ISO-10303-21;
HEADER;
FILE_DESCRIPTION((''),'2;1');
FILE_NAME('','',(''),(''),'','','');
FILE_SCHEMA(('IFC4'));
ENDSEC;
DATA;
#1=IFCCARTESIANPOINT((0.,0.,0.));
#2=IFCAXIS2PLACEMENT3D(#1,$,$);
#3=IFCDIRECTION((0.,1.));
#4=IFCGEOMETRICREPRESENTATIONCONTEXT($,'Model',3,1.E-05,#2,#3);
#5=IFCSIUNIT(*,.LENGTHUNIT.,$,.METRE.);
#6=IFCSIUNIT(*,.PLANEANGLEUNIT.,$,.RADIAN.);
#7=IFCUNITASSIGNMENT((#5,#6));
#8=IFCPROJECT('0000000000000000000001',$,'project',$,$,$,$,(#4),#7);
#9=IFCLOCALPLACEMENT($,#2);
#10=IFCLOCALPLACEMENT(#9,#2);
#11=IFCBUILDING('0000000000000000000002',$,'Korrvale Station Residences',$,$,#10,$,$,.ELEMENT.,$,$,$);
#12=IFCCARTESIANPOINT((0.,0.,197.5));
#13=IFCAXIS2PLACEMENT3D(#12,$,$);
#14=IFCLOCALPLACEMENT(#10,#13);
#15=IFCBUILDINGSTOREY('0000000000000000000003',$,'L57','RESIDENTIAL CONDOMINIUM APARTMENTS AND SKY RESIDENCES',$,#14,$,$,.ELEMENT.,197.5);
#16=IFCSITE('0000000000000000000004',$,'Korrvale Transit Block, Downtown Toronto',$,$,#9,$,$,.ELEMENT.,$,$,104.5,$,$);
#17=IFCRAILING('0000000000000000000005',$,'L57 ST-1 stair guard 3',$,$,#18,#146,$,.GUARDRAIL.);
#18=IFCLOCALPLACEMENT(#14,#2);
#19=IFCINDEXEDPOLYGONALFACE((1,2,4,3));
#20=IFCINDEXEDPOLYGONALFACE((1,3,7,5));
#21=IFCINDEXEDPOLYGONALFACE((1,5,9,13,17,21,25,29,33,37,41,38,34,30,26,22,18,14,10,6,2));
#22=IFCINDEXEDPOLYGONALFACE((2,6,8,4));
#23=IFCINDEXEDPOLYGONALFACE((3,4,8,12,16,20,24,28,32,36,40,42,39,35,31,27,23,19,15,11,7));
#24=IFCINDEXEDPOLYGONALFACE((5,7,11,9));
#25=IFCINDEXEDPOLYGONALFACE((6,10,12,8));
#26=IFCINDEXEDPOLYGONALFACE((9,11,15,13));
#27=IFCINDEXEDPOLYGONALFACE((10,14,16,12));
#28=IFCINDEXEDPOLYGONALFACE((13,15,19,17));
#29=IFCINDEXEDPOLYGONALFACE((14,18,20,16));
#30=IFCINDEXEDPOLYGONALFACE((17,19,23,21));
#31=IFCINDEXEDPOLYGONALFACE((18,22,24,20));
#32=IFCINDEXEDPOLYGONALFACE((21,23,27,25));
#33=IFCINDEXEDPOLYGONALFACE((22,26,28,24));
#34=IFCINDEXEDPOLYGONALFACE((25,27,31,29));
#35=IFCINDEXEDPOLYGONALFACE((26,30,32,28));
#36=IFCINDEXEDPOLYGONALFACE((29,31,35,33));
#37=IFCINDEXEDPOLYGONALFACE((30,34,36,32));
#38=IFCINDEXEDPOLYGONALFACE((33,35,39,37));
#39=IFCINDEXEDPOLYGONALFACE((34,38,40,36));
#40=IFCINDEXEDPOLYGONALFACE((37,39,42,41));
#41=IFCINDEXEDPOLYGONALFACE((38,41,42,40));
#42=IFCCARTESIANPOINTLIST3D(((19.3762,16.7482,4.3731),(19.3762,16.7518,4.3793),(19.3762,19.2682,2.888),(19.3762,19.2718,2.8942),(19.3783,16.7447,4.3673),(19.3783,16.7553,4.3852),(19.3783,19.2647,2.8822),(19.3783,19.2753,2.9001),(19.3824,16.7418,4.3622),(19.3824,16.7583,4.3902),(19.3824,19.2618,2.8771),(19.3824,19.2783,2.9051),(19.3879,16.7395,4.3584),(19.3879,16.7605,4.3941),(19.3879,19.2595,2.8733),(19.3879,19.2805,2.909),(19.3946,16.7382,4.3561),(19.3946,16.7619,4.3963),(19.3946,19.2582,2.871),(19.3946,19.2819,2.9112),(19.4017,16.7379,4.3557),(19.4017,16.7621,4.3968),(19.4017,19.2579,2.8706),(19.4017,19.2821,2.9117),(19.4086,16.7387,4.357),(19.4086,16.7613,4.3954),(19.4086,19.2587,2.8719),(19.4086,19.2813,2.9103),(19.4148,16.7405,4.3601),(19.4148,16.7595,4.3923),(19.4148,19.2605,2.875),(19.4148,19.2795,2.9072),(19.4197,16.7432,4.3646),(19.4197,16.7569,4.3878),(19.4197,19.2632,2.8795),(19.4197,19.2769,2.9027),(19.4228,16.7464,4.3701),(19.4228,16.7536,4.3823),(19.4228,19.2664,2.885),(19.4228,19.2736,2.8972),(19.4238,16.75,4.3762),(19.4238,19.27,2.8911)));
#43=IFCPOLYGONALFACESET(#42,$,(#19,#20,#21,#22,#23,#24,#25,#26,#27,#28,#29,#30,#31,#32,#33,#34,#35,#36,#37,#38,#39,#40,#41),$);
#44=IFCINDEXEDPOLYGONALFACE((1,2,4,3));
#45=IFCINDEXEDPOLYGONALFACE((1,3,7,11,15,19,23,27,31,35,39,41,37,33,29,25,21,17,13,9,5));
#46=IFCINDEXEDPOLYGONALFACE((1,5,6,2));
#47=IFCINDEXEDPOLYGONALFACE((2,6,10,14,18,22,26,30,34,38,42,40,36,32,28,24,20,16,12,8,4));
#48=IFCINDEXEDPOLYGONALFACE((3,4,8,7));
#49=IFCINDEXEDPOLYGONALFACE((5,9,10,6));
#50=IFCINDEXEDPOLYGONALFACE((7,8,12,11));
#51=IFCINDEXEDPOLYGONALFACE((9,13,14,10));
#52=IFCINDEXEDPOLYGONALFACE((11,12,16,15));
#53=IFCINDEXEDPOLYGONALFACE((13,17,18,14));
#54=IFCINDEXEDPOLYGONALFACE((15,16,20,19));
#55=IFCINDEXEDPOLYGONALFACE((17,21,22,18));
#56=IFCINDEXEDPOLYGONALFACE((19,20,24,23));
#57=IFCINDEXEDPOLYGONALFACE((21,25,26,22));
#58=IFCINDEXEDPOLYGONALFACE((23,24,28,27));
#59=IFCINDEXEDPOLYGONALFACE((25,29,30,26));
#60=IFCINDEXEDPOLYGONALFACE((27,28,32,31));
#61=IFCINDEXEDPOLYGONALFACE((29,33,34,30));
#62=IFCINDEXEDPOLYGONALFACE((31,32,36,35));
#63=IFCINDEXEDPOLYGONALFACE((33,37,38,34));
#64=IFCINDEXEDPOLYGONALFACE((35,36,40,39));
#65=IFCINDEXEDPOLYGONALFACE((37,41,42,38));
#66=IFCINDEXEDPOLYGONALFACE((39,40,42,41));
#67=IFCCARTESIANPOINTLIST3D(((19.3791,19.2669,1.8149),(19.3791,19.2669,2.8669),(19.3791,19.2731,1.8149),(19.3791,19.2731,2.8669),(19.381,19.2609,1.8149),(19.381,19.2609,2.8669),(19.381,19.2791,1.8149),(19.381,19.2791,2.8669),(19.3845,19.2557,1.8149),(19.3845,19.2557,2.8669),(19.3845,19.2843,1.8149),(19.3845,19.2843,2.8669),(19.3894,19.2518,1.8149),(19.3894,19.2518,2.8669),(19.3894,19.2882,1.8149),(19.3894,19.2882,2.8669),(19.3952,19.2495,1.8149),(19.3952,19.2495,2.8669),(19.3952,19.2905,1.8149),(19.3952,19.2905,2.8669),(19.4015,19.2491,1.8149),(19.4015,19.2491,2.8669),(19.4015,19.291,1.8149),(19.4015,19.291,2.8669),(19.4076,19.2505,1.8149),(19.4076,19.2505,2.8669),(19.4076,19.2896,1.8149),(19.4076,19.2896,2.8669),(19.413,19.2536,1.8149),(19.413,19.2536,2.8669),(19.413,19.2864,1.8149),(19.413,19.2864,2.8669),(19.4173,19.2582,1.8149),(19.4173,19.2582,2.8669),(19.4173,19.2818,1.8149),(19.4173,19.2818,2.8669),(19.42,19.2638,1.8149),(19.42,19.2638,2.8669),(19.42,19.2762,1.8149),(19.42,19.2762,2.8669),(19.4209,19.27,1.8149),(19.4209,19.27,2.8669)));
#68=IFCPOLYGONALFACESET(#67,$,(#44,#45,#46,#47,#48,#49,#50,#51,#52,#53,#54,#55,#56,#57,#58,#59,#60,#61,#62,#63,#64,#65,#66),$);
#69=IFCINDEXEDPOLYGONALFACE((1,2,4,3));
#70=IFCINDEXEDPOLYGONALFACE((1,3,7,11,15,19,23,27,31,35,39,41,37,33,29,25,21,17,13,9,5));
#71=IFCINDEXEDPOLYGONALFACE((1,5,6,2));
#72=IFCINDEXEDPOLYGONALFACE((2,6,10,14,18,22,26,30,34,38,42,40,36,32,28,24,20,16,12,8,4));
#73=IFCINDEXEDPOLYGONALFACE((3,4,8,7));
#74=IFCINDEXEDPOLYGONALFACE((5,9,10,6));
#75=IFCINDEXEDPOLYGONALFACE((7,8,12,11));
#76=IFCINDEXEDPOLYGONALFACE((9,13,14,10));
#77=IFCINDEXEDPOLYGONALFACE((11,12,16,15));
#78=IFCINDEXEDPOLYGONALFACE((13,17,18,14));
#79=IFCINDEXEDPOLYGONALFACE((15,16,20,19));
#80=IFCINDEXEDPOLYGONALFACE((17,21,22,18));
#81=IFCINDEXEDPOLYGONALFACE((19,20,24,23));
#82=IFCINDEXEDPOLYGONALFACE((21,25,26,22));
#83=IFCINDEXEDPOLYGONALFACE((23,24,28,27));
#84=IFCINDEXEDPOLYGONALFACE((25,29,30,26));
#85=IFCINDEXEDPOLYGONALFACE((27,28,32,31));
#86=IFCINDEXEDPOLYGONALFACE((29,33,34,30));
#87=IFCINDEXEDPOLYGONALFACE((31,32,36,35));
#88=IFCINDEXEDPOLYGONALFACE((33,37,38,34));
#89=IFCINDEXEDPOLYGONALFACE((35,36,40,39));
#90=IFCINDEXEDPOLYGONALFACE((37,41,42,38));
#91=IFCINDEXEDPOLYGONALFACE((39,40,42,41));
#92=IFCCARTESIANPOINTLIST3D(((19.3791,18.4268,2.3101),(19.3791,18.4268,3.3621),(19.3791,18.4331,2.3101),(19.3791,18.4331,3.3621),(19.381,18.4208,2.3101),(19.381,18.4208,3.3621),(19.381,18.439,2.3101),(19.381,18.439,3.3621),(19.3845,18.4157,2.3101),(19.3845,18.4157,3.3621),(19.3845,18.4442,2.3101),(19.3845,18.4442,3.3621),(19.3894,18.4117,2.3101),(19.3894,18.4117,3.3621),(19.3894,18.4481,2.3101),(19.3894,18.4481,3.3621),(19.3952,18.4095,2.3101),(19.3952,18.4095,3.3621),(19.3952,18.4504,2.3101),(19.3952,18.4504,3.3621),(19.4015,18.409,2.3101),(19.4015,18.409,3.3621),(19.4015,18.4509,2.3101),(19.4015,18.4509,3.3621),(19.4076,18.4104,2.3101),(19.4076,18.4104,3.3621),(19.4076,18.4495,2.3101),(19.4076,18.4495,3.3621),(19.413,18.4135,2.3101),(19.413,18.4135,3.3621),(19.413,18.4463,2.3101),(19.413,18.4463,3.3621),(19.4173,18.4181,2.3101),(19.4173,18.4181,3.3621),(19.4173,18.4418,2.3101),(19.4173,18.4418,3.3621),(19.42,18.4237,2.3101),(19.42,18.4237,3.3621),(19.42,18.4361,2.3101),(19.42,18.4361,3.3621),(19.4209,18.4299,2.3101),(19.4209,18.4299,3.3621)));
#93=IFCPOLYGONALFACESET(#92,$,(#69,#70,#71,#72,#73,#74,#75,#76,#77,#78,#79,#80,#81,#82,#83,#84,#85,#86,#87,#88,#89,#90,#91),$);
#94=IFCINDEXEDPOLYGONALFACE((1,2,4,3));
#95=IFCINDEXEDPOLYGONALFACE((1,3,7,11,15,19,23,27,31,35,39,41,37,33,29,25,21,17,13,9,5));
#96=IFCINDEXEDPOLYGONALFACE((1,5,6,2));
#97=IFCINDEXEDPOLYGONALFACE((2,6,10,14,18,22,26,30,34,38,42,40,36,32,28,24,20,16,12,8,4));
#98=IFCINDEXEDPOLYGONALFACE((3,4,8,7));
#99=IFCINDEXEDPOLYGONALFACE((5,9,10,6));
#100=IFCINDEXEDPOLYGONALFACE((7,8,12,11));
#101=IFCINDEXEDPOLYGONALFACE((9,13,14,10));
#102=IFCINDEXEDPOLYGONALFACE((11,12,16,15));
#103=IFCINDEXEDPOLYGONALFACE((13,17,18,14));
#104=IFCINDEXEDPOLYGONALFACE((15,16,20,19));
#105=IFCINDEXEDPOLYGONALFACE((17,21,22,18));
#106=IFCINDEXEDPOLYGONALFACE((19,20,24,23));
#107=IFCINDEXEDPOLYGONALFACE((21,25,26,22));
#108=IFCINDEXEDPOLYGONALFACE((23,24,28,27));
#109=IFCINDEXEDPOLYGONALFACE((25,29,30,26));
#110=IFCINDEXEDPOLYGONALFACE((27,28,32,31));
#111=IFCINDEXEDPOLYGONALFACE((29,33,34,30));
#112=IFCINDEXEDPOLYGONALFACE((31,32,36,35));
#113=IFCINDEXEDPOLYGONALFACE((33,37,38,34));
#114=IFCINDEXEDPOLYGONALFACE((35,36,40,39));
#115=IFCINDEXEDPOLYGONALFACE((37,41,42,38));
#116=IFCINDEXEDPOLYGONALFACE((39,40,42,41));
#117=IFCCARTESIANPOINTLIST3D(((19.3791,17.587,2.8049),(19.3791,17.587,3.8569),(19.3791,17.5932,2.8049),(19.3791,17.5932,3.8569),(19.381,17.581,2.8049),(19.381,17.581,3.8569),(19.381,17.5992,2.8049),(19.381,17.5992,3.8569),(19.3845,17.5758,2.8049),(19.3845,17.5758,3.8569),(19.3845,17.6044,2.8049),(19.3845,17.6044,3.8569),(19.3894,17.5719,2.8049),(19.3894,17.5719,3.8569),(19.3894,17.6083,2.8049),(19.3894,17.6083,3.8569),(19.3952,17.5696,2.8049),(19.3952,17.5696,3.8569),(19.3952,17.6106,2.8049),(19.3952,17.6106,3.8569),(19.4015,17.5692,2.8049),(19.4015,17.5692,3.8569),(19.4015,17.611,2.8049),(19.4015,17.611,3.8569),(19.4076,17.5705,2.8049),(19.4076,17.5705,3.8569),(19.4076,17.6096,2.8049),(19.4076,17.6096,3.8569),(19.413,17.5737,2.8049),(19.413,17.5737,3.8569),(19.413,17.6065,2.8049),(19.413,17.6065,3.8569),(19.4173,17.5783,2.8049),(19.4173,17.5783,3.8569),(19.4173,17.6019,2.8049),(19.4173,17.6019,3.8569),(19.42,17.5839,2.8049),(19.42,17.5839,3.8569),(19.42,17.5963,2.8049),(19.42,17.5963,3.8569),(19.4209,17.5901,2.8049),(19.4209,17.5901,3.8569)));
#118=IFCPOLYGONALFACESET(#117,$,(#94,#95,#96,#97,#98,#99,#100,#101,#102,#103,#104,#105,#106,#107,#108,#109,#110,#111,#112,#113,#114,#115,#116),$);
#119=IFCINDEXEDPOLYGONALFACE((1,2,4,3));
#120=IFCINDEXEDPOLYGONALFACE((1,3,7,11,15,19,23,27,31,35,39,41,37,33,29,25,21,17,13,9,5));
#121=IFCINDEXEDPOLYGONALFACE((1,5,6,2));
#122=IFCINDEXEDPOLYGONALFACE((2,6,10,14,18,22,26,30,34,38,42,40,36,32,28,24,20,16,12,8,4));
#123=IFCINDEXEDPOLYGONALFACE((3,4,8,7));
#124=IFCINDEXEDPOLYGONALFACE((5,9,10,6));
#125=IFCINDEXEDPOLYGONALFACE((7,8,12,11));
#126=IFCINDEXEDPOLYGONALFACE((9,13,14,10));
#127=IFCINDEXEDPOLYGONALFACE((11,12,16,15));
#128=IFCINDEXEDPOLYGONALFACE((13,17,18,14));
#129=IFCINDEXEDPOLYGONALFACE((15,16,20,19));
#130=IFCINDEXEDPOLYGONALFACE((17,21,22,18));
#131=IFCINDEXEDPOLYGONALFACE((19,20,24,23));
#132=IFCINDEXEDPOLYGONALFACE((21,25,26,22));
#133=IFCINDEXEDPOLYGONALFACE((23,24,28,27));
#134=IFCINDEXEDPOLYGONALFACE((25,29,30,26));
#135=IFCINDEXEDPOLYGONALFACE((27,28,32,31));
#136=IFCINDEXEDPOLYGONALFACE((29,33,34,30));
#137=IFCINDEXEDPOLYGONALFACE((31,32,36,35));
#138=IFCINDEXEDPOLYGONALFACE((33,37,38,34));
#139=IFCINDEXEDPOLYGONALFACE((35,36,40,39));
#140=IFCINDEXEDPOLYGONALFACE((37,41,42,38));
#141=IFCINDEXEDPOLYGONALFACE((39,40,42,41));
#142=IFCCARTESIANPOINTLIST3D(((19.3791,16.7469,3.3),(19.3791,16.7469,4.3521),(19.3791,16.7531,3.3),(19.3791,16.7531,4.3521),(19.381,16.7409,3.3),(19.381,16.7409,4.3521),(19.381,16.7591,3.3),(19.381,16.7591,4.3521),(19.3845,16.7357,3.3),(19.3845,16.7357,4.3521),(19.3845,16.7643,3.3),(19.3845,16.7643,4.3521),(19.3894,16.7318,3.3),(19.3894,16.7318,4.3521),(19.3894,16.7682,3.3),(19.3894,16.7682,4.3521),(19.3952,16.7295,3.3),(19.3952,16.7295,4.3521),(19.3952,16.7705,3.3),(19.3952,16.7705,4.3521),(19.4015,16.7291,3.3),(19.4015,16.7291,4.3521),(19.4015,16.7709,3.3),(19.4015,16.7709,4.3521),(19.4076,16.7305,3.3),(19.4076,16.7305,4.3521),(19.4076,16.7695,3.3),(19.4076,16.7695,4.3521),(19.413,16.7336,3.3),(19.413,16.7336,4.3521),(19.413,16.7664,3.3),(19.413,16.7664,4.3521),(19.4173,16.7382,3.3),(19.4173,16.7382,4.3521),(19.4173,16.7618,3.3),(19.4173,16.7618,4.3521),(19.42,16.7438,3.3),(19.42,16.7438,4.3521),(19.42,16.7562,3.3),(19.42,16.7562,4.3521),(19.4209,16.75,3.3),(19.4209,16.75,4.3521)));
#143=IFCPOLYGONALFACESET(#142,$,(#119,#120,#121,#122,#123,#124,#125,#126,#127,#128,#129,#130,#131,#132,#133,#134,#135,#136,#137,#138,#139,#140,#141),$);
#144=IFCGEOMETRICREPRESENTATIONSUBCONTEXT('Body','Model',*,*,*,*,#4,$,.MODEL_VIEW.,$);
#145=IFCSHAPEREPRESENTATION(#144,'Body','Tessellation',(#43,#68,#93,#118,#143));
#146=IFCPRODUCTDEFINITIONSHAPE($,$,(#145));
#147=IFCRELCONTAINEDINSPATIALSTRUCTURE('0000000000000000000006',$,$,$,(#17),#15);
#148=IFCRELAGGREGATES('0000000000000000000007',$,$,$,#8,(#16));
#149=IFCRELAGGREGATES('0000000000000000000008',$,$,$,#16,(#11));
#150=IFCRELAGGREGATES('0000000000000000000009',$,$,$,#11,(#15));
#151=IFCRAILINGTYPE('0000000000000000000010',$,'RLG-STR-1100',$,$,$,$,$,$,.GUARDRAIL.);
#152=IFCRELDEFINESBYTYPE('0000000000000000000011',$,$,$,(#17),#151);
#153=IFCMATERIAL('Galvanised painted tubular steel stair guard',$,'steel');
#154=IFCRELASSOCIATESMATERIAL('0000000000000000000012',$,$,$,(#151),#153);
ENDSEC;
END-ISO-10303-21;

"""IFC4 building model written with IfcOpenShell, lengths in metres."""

from ifc_helpers import new_model, si_unit, direction, frame, origin, origin_2d, place, context, subcontext, project, spatial, circle, extrude, material, type_object, element, save


model = new_model("IFC4")

# Units and contexts
model_context = context("Model", 3, precision=1e-05, world=origin(), true_north=direction((0.0, 1.0)))
body_context = subcontext(model_context, "Body", "Model", "MODEL_VIEW")
ifc_project = project(units=[si_unit("LENGTHUNIT", "METRE"), si_unit("PLANEANGLEUNIT", "RADIAN")], contexts=[model_context])

# Site, building, storey
site_placement = place(None, origin())
site = spatial("IfcSite", under=ifc_project, at=site_placement, Name="Korrvale Transit Block, Downtown Toronto", CompositionType="ELEMENT", RefElevation=104.5)
building_placement = place(site_placement, origin())
building = spatial("IfcBuilding", under=site, at=building_placement, Name="Korrvale Station Residences", CompositionType="ELEMENT")
storey_placement = place(building_placement, frame((0.0, 0.0, 197.5)))
storey = spatial("IfcBuildingStorey", under=building, at=storey_placement, Name="L57", Description="RESIDENTIAL CONDOMINIUM APARTMENTS AND SKY RESIDENCES", CompositionType="ELEMENT", Elevation=197.5)

# Railing
ifc_material_1 = material(Name="Galvanised painted tubular steel stair guard", Category="steel")
railing_type_1 = type_object("IfcRailingType", Name="RLG-STR-1100", PredefinedType="GUARDRAIL", material=ifc_material_1)
railing_1_placement = place(storey_placement, frame((19.3999, 19.27, 1.8149)))
element("IfcRailing", 1, at=railing_1_placement, inside=storey, type_object=railing_type_1, Name="L57 ST-1 stair guard 3", PredefinedType="GUARDRAIL", context=body_context, shape_type="SweptSolid", body=[
    extrude(circle(Radius=0.0239, at=origin_2d()), frame((0.0, 0.0, 1.0762), z_axis=(0.0, -0.861524, 0.507717), x_axis=(1.0, 0.0, 0.0)), (0.0, 0.0, 1.0), 2.925),
    extrude(circle(Radius=0.021, at=origin_2d()), origin(), (0.0, 0.0, 1.0), 1.052),
    extrude(circle(Radius=0.021, at=origin_2d()), frame((0.0, -0.8401, 0.4951)), (0.0, 0.0, 1.0), 1.052),
    extrude(circle(Radius=0.021, at=origin_2d()), frame((0.0, -1.6799, 0.99)), (0.0, 0.0, 1.0), 1.052),
    extrude(circle(Radius=0.021, at=origin_2d()), frame((0.0, -2.52, 1.4851)), (0.0, 0.0, 1.0), 1.052),
])

save(model, "model.ifc")
